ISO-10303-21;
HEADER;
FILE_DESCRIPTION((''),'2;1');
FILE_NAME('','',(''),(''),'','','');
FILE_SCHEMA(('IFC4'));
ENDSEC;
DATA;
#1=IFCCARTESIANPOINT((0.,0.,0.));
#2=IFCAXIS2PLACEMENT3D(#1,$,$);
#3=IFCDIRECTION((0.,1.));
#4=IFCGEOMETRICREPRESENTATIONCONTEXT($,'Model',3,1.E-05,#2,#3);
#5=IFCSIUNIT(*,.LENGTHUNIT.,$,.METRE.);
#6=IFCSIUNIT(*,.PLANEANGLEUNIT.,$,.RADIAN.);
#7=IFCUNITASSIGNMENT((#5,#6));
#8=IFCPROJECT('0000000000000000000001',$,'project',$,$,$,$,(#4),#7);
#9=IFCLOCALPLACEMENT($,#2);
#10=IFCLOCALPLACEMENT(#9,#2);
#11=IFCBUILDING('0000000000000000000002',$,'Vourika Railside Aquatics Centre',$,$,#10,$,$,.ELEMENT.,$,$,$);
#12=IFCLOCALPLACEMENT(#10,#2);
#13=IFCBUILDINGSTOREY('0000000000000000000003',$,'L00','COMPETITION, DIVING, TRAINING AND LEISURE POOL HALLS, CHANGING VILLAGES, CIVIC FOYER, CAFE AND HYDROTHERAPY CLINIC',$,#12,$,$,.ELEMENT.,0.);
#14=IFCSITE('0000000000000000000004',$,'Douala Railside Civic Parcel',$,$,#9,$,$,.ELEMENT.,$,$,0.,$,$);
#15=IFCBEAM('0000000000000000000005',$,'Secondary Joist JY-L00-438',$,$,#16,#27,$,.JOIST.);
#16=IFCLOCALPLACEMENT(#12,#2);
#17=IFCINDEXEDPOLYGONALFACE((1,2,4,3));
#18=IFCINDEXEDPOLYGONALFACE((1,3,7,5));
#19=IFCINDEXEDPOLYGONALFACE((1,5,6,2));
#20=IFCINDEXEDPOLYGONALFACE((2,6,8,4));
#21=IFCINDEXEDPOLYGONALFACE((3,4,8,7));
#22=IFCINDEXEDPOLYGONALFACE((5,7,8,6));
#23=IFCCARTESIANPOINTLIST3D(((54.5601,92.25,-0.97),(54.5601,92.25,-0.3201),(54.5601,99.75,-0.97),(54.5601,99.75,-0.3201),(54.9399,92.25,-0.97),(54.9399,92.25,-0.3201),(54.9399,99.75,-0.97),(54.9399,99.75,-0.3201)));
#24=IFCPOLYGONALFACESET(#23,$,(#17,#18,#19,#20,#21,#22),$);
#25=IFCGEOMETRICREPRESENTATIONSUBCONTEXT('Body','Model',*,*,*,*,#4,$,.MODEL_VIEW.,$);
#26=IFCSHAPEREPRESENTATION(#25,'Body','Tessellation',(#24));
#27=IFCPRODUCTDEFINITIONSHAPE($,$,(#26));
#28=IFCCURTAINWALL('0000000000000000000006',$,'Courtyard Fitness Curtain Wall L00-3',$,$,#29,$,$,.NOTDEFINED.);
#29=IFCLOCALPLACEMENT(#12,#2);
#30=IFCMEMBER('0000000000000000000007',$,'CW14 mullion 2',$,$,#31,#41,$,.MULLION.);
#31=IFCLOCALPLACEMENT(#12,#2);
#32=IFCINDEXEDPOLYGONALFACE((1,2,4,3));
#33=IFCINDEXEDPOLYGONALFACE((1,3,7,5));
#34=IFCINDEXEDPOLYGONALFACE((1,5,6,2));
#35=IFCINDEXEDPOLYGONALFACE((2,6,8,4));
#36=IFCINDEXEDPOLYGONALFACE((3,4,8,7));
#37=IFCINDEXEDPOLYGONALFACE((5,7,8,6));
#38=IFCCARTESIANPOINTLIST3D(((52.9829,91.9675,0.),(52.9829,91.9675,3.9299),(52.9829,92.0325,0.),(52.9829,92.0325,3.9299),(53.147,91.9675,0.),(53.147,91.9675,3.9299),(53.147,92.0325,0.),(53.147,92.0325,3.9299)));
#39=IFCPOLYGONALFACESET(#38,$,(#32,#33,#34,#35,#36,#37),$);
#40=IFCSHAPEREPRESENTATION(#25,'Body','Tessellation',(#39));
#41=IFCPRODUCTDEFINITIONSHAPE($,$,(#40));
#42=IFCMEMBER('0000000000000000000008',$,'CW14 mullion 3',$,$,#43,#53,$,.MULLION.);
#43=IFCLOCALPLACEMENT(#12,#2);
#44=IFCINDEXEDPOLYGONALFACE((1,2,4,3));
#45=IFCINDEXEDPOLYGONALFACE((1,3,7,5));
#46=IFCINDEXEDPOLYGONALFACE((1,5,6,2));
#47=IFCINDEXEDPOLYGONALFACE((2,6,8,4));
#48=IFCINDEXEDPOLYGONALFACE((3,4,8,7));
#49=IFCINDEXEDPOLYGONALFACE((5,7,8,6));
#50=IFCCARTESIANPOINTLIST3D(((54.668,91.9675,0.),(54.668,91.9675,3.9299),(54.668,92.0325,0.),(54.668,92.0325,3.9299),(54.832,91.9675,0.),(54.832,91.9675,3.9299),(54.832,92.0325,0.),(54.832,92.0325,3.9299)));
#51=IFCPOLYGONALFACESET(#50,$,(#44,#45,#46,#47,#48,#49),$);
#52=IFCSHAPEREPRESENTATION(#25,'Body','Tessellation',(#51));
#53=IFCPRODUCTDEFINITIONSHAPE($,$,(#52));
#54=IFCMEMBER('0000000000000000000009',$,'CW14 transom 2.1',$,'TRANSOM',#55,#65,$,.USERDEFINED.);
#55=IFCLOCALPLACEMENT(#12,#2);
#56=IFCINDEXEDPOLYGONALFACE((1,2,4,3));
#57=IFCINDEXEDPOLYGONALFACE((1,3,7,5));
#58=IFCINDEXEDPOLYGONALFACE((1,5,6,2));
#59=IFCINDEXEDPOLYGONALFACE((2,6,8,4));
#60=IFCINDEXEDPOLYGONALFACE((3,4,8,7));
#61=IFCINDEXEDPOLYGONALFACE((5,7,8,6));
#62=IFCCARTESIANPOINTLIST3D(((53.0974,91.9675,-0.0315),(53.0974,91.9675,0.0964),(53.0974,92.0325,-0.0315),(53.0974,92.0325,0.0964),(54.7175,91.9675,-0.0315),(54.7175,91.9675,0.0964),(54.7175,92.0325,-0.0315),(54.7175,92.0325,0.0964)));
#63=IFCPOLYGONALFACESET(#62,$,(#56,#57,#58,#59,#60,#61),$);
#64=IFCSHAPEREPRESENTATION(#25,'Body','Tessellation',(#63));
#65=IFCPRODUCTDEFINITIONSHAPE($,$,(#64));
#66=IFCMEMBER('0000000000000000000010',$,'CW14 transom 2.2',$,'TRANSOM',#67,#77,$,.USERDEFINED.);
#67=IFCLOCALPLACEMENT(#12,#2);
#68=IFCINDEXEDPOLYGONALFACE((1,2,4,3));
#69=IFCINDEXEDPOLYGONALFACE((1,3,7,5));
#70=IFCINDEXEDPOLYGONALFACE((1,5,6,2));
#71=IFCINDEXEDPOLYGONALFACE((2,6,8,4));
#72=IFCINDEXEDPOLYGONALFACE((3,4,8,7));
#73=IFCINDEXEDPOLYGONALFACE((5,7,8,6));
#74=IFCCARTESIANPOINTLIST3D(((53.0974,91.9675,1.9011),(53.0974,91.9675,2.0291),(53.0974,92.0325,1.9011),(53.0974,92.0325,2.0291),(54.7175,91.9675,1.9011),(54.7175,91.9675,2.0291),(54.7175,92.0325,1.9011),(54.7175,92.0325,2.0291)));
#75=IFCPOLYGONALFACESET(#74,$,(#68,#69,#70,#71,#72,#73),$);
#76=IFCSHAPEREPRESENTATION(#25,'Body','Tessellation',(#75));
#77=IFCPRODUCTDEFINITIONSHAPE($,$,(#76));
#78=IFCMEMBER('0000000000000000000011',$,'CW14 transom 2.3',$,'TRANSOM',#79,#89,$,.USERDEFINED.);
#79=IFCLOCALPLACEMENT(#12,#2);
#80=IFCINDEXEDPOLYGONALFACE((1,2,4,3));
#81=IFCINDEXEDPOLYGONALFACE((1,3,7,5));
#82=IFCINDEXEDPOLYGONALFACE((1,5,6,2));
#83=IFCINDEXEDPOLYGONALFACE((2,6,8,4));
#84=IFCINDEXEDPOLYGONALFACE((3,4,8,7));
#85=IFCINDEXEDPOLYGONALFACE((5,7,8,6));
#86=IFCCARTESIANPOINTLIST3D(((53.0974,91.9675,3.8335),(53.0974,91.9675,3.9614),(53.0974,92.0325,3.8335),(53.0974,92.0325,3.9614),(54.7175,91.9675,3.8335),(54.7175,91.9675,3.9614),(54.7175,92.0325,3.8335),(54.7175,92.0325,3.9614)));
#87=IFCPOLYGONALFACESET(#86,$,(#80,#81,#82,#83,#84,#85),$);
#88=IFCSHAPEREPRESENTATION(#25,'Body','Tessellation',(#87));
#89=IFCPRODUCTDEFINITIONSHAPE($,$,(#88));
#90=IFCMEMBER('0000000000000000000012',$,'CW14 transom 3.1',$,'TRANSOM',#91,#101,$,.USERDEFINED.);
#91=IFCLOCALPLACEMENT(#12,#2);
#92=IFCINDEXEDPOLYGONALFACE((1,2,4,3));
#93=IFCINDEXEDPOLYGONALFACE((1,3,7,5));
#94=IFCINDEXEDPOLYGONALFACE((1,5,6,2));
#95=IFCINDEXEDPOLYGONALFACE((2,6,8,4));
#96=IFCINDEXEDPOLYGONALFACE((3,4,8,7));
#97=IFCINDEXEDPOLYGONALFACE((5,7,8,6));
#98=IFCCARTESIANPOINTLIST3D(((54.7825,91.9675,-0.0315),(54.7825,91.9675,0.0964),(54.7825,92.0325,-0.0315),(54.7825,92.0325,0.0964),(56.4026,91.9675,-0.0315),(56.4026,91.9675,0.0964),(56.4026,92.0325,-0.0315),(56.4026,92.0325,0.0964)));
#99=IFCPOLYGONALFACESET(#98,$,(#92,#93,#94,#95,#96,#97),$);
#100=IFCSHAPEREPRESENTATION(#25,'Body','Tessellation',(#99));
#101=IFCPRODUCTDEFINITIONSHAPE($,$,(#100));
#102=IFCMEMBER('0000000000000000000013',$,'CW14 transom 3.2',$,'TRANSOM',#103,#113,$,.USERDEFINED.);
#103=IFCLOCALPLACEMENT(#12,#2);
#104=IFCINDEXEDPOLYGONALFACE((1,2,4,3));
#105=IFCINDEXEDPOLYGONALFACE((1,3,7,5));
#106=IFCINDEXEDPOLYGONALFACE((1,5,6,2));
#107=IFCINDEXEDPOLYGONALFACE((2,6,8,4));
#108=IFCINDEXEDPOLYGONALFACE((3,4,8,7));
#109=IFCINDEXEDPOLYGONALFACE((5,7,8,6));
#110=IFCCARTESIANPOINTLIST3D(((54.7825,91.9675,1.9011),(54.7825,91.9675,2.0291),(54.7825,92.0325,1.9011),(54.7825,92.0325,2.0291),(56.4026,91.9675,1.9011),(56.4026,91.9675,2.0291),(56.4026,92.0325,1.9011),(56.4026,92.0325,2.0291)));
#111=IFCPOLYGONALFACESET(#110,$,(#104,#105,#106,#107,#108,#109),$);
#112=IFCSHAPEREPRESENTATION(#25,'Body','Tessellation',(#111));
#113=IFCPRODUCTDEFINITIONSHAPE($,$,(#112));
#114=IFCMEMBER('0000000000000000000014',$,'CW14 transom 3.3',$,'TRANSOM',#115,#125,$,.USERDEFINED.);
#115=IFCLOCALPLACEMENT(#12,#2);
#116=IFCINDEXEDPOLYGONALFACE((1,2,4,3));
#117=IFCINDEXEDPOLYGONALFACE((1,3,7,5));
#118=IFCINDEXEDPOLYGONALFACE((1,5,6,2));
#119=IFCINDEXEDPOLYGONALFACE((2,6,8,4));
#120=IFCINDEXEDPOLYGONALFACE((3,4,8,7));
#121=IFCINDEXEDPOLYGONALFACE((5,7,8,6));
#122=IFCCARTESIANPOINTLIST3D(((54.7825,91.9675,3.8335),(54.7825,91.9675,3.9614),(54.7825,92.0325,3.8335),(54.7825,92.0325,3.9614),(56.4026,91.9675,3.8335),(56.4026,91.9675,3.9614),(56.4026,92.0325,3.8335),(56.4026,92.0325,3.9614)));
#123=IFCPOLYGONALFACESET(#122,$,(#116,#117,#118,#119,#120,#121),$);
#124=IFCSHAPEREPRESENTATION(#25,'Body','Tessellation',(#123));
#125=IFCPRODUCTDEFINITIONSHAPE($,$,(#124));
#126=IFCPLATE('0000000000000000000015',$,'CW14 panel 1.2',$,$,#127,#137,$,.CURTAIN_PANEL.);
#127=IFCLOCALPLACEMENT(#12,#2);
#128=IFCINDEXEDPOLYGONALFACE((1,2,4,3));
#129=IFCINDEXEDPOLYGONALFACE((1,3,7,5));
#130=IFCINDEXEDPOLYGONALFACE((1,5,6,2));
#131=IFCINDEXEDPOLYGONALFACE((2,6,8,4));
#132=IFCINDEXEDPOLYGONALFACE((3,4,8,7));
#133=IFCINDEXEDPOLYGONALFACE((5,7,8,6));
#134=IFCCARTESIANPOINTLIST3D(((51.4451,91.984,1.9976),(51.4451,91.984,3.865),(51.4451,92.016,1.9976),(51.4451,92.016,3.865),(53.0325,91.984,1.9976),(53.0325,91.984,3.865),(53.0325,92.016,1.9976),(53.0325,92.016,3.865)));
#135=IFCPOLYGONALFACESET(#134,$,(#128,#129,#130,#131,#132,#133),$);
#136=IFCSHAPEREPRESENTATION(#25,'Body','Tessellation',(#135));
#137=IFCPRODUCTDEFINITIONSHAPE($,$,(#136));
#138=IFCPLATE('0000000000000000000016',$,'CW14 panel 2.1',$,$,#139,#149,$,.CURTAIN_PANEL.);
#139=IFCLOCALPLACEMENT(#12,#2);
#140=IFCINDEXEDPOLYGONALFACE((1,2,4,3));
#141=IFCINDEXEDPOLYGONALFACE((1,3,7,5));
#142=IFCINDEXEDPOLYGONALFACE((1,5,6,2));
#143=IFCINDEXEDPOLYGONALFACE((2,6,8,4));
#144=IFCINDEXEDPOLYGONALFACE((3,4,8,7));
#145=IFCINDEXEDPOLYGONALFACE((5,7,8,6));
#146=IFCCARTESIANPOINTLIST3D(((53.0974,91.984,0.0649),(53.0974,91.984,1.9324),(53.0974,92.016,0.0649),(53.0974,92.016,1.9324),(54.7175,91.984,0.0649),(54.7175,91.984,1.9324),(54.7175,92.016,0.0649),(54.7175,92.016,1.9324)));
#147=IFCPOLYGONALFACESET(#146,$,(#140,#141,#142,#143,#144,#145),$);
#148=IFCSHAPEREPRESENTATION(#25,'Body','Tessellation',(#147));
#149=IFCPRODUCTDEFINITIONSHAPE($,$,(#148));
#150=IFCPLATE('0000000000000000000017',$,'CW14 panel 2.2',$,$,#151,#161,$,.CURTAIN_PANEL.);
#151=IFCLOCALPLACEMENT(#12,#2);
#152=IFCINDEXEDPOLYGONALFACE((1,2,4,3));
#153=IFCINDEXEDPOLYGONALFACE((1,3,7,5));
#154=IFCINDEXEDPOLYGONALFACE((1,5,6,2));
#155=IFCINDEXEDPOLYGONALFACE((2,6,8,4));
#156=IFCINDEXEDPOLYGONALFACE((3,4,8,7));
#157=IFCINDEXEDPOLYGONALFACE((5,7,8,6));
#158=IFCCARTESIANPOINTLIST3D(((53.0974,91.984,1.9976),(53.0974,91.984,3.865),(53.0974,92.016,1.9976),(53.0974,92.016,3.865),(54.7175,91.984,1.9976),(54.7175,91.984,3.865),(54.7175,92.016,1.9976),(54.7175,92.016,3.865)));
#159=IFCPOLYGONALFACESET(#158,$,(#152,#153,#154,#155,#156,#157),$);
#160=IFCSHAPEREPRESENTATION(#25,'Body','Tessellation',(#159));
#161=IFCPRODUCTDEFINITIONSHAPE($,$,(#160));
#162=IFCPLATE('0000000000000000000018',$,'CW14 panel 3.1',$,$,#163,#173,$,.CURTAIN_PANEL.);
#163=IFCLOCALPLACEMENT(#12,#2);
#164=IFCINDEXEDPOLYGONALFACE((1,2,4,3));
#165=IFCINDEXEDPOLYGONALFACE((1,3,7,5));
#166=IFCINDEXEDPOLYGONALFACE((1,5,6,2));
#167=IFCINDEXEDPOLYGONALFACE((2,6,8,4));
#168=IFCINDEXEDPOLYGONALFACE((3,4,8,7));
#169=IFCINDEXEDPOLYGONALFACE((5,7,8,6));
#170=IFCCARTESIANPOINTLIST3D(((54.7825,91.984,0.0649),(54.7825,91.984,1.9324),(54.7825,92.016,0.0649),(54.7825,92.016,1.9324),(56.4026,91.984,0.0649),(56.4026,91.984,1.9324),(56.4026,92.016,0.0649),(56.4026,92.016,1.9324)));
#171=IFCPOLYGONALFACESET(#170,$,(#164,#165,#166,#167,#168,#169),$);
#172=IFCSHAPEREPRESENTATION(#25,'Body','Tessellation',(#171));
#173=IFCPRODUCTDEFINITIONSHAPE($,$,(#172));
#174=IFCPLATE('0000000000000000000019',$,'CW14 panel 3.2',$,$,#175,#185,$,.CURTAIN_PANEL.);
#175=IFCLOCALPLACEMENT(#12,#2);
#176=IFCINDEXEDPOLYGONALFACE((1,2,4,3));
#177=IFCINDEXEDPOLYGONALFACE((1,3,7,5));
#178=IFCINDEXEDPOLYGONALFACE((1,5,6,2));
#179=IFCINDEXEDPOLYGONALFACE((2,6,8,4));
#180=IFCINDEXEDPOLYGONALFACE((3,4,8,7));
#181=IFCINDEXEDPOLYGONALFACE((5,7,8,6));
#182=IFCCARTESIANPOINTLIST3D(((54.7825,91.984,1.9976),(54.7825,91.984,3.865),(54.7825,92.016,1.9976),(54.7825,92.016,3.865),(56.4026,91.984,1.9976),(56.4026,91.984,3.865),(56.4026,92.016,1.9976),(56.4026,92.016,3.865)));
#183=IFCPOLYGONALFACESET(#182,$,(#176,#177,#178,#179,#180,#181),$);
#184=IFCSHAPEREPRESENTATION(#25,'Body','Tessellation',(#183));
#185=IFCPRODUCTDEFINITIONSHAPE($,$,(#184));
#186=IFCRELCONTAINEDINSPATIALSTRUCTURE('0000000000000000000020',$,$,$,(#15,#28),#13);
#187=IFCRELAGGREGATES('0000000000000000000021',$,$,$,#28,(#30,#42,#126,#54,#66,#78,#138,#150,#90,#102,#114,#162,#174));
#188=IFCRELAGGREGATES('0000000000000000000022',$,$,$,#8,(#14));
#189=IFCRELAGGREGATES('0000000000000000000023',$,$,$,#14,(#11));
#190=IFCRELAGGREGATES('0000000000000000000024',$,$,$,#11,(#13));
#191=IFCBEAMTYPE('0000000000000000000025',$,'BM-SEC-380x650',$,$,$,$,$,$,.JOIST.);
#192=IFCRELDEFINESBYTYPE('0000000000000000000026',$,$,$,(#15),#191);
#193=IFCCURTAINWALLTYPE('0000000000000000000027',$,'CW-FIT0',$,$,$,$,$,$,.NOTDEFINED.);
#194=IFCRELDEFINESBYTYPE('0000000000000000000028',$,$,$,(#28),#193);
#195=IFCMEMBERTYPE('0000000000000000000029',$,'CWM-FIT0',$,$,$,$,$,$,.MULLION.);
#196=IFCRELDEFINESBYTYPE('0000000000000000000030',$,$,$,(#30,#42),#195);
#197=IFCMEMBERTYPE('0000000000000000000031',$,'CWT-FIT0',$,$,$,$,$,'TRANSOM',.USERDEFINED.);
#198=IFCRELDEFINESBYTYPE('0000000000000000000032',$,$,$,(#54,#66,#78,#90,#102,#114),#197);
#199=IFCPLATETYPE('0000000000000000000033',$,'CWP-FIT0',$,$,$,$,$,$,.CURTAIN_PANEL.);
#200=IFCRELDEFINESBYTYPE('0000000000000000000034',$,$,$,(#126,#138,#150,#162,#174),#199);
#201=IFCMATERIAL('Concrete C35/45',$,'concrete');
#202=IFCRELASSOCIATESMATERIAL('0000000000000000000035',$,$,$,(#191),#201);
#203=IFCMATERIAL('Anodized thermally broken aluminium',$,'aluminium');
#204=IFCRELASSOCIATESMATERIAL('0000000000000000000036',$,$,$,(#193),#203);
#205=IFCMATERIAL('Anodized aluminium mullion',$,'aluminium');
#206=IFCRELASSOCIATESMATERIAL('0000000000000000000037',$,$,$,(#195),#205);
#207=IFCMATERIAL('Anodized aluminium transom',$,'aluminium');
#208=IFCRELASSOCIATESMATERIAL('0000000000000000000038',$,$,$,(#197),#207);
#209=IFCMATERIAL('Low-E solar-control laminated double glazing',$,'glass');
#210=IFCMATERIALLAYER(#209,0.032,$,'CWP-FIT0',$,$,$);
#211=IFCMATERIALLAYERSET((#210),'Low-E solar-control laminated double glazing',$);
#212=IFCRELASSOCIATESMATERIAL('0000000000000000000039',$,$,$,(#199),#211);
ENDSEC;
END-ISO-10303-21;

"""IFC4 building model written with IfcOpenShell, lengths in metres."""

from ifc_helpers import new_model, si_unit, direction, frame, origin, origin_2d, place, context, subcontext, project, spatial, rectangle, extrude, material, layer, layer_set, material_profile, profile_set, type_object, element, aggregate, save


model = new_model("IFC4")

# Units and contexts
model_context = context("Model", 3, precision=1e-05, world=origin(), true_north=direction((0.0, 1.0)))
body_context = subcontext(model_context, "Body", "Model", "MODEL_VIEW")
ifc_project = project(units=[si_unit("LENGTHUNIT", "METRE"), si_unit("PLANEANGLEUNIT", "RADIAN")], contexts=[model_context])

# Site, building, storey
site_placement = place(None, origin())
site = spatial("IfcSite", under=ifc_project, at=site_placement, Name="Douala Railside Civic Parcel", CompositionType="ELEMENT", RefElevation=0.0)
building_placement = place(site_placement, origin())
building = spatial("IfcBuilding", under=site, at=building_placement, Name="Vourika Railside Aquatics Centre", CompositionType="ELEMENT")
storey_placement = place(building_placement, origin())
storey = spatial("IfcBuildingStorey", under=building, at=storey_placement, Name="L00", Description="COMPETITION, DIVING, TRAINING AND LEISURE POOL HALLS, CHANGING VILLAGES, CIVIC FOYER, CAFE AND HYDROTHERAPY CLINIC", CompositionType="ELEMENT", Elevation=0.0)

# Beam
ifc_material_1 = material(Name="Concrete C35/45", Category="concrete")
ifc_material_profile_1 = material_profile(ifc_material_1, rectangle(XDim=0.3799, YDim=0.6499, at=origin_2d()), Name="RC 380x650")
ifc_profile_set_1 = profile_set([ifc_material_profile_1], Name="Concrete C35/45")
beam_type = type_object("IfcBeamType", Name="BM-SEC-380x650", PredefinedType="JOIST", material=ifc_profile_set_1)
beam_placement = place(storey_placement, frame((54.75, 92.25, -0.645), z_axis=(0.0, 1.0, 0.0), x_axis=(-1.0, 0.0, 0.0)))
element("IfcBeam", 1, at=beam_placement, inside=storey, type_object=beam_type, Name="Secondary Joist JY-L00-438", PredefinedType="JOIST", context=body_context, shape_type="SweptSolid", body=[
    extrude(rectangle(XDim=0.3799, YDim=0.6499, at=origin_2d()), origin(), (0.0, 0.0, 1.0), 7.5),
])

# Curtain wall, members, plates
ifc_material_2 = material(Name="Anodized thermally broken aluminium", Category="aluminium")
curtain_wall_type = type_object("IfcCurtainWallType", Name="CW-FIT0", PredefinedType="NOTDEFINED", material=ifc_material_2)
curtain_wall_placement = place(storey_placement, origin())
curtain_wall = element("IfcCurtainWall", 2, at=curtain_wall_placement, inside=storey, type_object=curtain_wall_type, Name="Courtyard Fitness Curtain Wall L00-3", PredefinedType="NOTDEFINED")
ifc_material_3 = material(Name="Anodized aluminium mullion", Category="aluminium")
ifc_material_profile_2 = material_profile(ifc_material_3, rectangle(XDim=0.0649, YDim=0.1641, at=origin_2d()), Name="ALU-M 65x164")
ifc_profile_set_2 = profile_set([ifc_material_profile_2], Name="Anodized aluminium mullion")
member_type_1 = type_object("IfcMemberType", Name="CWM-FIT0", PredefinedType="MULLION", material=ifc_profile_set_2)
member_1_placement = place(storey_placement, frame((53.0649, 92.0, 0.0), z_axis=(0.0, 0.0, 1.0), x_axis=(0.0, 1.0, 0.0)))
member_1 = element("IfcMember", 3, at=member_1_placement, type_object=member_type_1, Name="CW14 mullion 2", PredefinedType="MULLION", context=body_context, shape_type="SweptSolid", body=[
    extrude(rectangle(XDim=0.0649, YDim=0.1641, at=origin_2d()), origin(), (0.0, 0.0, 1.0), 3.9299),
])
member_2_placement = place(storey_placement, frame((54.75, 92.0, 0.0), z_axis=(0.0, 0.0, 1.0), x_axis=(0.0, 1.0, 0.0)))
member_2 = element("IfcMember", 4, at=member_2_placement, type_object=member_type_1, Name="CW14 mullion 3", PredefinedType="MULLION", context=body_context, shape_type="SweptSolid", body=[
    extrude(rectangle(XDim=0.0649, YDim=0.1641, at=origin_2d()), origin(), (0.0, 0.0, 1.0), 3.9299),
])
ifc_material_4 = material(Name="Anodized aluminium transom", Category="aluminium")
ifc_material_profile_3 = material_profile(ifc_material_4, rectangle(XDim=0.0649, YDim=0.1279, at=origin_2d()), Name="ALU-T 65x128")
ifc_profile_set_3 = profile_set([ifc_material_profile_3], Name="Anodized aluminium transom")
member_type_2 = type_object("IfcMemberType", Name="CWT-FIT0", ElementType="TRANSOM", PredefinedType="USERDEFINED", material=ifc_profile_set_3)
member_3_placement = place(storey_placement, frame((53.0974, 92.0, 0.0325), z_axis=(1.0, 0.0, 0.0), x_axis=(0.0, 1.0, 0.0)))
member_3 = element("IfcMember", 5, at=member_3_placement, type_object=member_type_2, Name="CW14 transom 2.1", ObjectType="TRANSOM", PredefinedType="USERDEFINED", context=body_context, shape_type="SweptSolid", body=[
    extrude(rectangle(XDim=0.0649, YDim=0.1279, at=origin_2d()), origin(), (0.0, 0.0, 1.0), 1.6201),
])
member_4_placement = place(storey_placement, frame((53.0974, 92.0, 1.9651), z_axis=(1.0, 0.0, 0.0), x_axis=(0.0, 1.0, 0.0)))
member_4 = element("IfcMember", 6, at=member_4_placement, type_object=member_type_2, Name="CW14 transom 2.2", ObjectType="TRANSOM", PredefinedType="USERDEFINED", context=body_context, shape_type="SweptSolid", body=[
    extrude(rectangle(XDim=0.0649, YDim=0.1279, at=origin_2d()), origin(), (0.0, 0.0, 1.0), 1.6201),
])
member_5_placement = place(storey_placement, frame((53.0974, 92.0, 3.8975), z_axis=(1.0, 0.0, 0.0), x_axis=(0.0, 1.0, 0.0)))
member_5 = element("IfcMember", 7, at=member_5_placement, type_object=member_type_2, Name="CW14 transom 2.3", ObjectType="TRANSOM", PredefinedType="USERDEFINED", context=body_context, shape_type="SweptSolid", body=[
    extrude(rectangle(XDim=0.0649, YDim=0.1279, at=origin_2d()), origin(), (0.0, 0.0, 1.0), 1.6201),
])
member_6_placement = place(storey_placement, frame((54.7825, 92.0, 0.0325), z_axis=(1.0, 0.0, 0.0), x_axis=(0.0, 1.0, 0.0)))
member_6 = element("IfcMember", 8, at=member_6_placement, type_object=member_type_2, Name="CW14 transom 3.1", ObjectType="TRANSOM", PredefinedType="USERDEFINED", context=body_context, shape_type="SweptSolid", body=[
    extrude(rectangle(XDim=0.0649, YDim=0.1279, at=origin_2d()), origin(), (0.0, 0.0, 1.0), 1.6201),
])
member_7_placement = place(storey_placement, frame((54.7825, 92.0, 1.9651), z_axis=(1.0, 0.0, 0.0), x_axis=(0.0, 1.0, 0.0)))
member_7 = element("IfcMember", 9, at=member_7_placement, type_object=member_type_2, Name="CW14 transom 3.2", ObjectType="TRANSOM", PredefinedType="USERDEFINED", context=body_context, shape_type="SweptSolid", body=[
    extrude(rectangle(XDim=0.0649, YDim=0.1279, at=origin_2d()), origin(), (0.0, 0.0, 1.0), 1.6201),
])
member_8_placement = place(storey_placement, frame((54.7825, 92.0, 3.8975), z_axis=(1.0, 0.0, 0.0), x_axis=(0.0, 1.0, 0.0)))
member_8 = element("IfcMember", 10, at=member_8_placement, type_object=member_type_2, Name="CW14 transom 3.3", ObjectType="TRANSOM", PredefinedType="USERDEFINED", context=body_context, shape_type="SweptSolid", body=[
    extrude(rectangle(XDim=0.0649, YDim=0.1279, at=origin_2d()), origin(), (0.0, 0.0, 1.0), 1.6201),
])
ifc_material_5 = material(Name="Low-E solar-control laminated double glazing", Category="glass")
ifc_layer = layer(ifc_material_5, 0.032, Name="CWP-FIT0")
ifc_layer_set = layer_set([ifc_layer], Name="Low-E solar-control laminated double glazing")
plate_type = type_object("IfcPlateType", Name="CWP-FIT0", PredefinedType="CURTAIN_PANEL", material=ifc_layer_set)
plate_1_placement = place(storey_placement, frame((52.2388, 92.0, 1.9976), z_axis=(0.0, 0.0, 1.0), x_axis=(1.0, 0.0, 0.0)))
plate_1 = element("IfcPlate", 11, at=plate_1_placement, type_object=plate_type, Name="CW14 panel 1.2", PredefinedType="CURTAIN_PANEL", context=body_context, shape_type="SweptSolid", body=[
    extrude(rectangle(XDim=1.5874, YDim=0.032, at=origin_2d()), origin(), (0.0, 0.0, 1.0), 1.8674),
])
plate_2_placement = place(storey_placement, frame((53.9075, 92.0, 0.0649), z_axis=(0.0, 0.0, 1.0), x_axis=(1.0, 0.0, 0.0)))
plate_2 = element("IfcPlate", 12, at=plate_2_placement, type_object=plate_type, Name="CW14 panel 2.1", PredefinedType="CURTAIN_PANEL", context=body_context, shape_type="SweptSolid", body=[
    extrude(rectangle(XDim=1.6201, YDim=0.032, at=origin_2d()), origin(), (0.0, 0.0, 1.0), 1.8674),
])
plate_3_placement = place(storey_placement, frame((53.9075, 92.0, 1.9976), z_axis=(0.0, 0.0, 1.0), x_axis=(1.0, 0.0, 0.0)))
plate_3 = element("IfcPlate", 13, at=plate_3_placement, type_object=plate_type, Name="CW14 panel 2.2", PredefinedType="CURTAIN_PANEL", context=body_context, shape_type="SweptSolid", body=[
    extrude(rectangle(XDim=1.6201, YDim=0.032, at=origin_2d()), origin(), (0.0, 0.0, 1.0), 1.8674),
])
plate_4_placement = place(storey_placement, frame((55.5925, 92.0, 0.0649), z_axis=(0.0, 0.0, 1.0), x_axis=(1.0, 0.0, 0.0)))
plate_4 = element("IfcPlate", 14, at=plate_4_placement, type_object=plate_type, Name="CW14 panel 3.1", PredefinedType="CURTAIN_PANEL", context=body_context, shape_type="SweptSolid", body=[
    extrude(rectangle(XDim=1.6201, YDim=0.032, at=origin_2d()), origin(), (0.0, 0.0, 1.0), 1.8674),
])
plate_5_placement = place(storey_placement, frame((55.5925, 92.0, 1.9976), z_axis=(0.0, 0.0, 1.0), x_axis=(1.0, 0.0, 0.0)))
plate_5 = element("IfcPlate", 15, at=plate_5_placement, type_object=plate_type, Name="CW14 panel 3.2", PredefinedType="CURTAIN_PANEL", context=body_context, shape_type="SweptSolid", body=[
    extrude(rectangle(XDim=1.6201, YDim=0.032, at=origin_2d()), origin(), (0.0, 0.0, 1.0), 1.8674),
])
aggregate(curtain_wall, [member_1, member_2, plate_1, member_3, member_4, member_5, plate_2, plate_3, member_6, member_7, member_8, plate_4, plate_5])

save(model, "model.ifc")
